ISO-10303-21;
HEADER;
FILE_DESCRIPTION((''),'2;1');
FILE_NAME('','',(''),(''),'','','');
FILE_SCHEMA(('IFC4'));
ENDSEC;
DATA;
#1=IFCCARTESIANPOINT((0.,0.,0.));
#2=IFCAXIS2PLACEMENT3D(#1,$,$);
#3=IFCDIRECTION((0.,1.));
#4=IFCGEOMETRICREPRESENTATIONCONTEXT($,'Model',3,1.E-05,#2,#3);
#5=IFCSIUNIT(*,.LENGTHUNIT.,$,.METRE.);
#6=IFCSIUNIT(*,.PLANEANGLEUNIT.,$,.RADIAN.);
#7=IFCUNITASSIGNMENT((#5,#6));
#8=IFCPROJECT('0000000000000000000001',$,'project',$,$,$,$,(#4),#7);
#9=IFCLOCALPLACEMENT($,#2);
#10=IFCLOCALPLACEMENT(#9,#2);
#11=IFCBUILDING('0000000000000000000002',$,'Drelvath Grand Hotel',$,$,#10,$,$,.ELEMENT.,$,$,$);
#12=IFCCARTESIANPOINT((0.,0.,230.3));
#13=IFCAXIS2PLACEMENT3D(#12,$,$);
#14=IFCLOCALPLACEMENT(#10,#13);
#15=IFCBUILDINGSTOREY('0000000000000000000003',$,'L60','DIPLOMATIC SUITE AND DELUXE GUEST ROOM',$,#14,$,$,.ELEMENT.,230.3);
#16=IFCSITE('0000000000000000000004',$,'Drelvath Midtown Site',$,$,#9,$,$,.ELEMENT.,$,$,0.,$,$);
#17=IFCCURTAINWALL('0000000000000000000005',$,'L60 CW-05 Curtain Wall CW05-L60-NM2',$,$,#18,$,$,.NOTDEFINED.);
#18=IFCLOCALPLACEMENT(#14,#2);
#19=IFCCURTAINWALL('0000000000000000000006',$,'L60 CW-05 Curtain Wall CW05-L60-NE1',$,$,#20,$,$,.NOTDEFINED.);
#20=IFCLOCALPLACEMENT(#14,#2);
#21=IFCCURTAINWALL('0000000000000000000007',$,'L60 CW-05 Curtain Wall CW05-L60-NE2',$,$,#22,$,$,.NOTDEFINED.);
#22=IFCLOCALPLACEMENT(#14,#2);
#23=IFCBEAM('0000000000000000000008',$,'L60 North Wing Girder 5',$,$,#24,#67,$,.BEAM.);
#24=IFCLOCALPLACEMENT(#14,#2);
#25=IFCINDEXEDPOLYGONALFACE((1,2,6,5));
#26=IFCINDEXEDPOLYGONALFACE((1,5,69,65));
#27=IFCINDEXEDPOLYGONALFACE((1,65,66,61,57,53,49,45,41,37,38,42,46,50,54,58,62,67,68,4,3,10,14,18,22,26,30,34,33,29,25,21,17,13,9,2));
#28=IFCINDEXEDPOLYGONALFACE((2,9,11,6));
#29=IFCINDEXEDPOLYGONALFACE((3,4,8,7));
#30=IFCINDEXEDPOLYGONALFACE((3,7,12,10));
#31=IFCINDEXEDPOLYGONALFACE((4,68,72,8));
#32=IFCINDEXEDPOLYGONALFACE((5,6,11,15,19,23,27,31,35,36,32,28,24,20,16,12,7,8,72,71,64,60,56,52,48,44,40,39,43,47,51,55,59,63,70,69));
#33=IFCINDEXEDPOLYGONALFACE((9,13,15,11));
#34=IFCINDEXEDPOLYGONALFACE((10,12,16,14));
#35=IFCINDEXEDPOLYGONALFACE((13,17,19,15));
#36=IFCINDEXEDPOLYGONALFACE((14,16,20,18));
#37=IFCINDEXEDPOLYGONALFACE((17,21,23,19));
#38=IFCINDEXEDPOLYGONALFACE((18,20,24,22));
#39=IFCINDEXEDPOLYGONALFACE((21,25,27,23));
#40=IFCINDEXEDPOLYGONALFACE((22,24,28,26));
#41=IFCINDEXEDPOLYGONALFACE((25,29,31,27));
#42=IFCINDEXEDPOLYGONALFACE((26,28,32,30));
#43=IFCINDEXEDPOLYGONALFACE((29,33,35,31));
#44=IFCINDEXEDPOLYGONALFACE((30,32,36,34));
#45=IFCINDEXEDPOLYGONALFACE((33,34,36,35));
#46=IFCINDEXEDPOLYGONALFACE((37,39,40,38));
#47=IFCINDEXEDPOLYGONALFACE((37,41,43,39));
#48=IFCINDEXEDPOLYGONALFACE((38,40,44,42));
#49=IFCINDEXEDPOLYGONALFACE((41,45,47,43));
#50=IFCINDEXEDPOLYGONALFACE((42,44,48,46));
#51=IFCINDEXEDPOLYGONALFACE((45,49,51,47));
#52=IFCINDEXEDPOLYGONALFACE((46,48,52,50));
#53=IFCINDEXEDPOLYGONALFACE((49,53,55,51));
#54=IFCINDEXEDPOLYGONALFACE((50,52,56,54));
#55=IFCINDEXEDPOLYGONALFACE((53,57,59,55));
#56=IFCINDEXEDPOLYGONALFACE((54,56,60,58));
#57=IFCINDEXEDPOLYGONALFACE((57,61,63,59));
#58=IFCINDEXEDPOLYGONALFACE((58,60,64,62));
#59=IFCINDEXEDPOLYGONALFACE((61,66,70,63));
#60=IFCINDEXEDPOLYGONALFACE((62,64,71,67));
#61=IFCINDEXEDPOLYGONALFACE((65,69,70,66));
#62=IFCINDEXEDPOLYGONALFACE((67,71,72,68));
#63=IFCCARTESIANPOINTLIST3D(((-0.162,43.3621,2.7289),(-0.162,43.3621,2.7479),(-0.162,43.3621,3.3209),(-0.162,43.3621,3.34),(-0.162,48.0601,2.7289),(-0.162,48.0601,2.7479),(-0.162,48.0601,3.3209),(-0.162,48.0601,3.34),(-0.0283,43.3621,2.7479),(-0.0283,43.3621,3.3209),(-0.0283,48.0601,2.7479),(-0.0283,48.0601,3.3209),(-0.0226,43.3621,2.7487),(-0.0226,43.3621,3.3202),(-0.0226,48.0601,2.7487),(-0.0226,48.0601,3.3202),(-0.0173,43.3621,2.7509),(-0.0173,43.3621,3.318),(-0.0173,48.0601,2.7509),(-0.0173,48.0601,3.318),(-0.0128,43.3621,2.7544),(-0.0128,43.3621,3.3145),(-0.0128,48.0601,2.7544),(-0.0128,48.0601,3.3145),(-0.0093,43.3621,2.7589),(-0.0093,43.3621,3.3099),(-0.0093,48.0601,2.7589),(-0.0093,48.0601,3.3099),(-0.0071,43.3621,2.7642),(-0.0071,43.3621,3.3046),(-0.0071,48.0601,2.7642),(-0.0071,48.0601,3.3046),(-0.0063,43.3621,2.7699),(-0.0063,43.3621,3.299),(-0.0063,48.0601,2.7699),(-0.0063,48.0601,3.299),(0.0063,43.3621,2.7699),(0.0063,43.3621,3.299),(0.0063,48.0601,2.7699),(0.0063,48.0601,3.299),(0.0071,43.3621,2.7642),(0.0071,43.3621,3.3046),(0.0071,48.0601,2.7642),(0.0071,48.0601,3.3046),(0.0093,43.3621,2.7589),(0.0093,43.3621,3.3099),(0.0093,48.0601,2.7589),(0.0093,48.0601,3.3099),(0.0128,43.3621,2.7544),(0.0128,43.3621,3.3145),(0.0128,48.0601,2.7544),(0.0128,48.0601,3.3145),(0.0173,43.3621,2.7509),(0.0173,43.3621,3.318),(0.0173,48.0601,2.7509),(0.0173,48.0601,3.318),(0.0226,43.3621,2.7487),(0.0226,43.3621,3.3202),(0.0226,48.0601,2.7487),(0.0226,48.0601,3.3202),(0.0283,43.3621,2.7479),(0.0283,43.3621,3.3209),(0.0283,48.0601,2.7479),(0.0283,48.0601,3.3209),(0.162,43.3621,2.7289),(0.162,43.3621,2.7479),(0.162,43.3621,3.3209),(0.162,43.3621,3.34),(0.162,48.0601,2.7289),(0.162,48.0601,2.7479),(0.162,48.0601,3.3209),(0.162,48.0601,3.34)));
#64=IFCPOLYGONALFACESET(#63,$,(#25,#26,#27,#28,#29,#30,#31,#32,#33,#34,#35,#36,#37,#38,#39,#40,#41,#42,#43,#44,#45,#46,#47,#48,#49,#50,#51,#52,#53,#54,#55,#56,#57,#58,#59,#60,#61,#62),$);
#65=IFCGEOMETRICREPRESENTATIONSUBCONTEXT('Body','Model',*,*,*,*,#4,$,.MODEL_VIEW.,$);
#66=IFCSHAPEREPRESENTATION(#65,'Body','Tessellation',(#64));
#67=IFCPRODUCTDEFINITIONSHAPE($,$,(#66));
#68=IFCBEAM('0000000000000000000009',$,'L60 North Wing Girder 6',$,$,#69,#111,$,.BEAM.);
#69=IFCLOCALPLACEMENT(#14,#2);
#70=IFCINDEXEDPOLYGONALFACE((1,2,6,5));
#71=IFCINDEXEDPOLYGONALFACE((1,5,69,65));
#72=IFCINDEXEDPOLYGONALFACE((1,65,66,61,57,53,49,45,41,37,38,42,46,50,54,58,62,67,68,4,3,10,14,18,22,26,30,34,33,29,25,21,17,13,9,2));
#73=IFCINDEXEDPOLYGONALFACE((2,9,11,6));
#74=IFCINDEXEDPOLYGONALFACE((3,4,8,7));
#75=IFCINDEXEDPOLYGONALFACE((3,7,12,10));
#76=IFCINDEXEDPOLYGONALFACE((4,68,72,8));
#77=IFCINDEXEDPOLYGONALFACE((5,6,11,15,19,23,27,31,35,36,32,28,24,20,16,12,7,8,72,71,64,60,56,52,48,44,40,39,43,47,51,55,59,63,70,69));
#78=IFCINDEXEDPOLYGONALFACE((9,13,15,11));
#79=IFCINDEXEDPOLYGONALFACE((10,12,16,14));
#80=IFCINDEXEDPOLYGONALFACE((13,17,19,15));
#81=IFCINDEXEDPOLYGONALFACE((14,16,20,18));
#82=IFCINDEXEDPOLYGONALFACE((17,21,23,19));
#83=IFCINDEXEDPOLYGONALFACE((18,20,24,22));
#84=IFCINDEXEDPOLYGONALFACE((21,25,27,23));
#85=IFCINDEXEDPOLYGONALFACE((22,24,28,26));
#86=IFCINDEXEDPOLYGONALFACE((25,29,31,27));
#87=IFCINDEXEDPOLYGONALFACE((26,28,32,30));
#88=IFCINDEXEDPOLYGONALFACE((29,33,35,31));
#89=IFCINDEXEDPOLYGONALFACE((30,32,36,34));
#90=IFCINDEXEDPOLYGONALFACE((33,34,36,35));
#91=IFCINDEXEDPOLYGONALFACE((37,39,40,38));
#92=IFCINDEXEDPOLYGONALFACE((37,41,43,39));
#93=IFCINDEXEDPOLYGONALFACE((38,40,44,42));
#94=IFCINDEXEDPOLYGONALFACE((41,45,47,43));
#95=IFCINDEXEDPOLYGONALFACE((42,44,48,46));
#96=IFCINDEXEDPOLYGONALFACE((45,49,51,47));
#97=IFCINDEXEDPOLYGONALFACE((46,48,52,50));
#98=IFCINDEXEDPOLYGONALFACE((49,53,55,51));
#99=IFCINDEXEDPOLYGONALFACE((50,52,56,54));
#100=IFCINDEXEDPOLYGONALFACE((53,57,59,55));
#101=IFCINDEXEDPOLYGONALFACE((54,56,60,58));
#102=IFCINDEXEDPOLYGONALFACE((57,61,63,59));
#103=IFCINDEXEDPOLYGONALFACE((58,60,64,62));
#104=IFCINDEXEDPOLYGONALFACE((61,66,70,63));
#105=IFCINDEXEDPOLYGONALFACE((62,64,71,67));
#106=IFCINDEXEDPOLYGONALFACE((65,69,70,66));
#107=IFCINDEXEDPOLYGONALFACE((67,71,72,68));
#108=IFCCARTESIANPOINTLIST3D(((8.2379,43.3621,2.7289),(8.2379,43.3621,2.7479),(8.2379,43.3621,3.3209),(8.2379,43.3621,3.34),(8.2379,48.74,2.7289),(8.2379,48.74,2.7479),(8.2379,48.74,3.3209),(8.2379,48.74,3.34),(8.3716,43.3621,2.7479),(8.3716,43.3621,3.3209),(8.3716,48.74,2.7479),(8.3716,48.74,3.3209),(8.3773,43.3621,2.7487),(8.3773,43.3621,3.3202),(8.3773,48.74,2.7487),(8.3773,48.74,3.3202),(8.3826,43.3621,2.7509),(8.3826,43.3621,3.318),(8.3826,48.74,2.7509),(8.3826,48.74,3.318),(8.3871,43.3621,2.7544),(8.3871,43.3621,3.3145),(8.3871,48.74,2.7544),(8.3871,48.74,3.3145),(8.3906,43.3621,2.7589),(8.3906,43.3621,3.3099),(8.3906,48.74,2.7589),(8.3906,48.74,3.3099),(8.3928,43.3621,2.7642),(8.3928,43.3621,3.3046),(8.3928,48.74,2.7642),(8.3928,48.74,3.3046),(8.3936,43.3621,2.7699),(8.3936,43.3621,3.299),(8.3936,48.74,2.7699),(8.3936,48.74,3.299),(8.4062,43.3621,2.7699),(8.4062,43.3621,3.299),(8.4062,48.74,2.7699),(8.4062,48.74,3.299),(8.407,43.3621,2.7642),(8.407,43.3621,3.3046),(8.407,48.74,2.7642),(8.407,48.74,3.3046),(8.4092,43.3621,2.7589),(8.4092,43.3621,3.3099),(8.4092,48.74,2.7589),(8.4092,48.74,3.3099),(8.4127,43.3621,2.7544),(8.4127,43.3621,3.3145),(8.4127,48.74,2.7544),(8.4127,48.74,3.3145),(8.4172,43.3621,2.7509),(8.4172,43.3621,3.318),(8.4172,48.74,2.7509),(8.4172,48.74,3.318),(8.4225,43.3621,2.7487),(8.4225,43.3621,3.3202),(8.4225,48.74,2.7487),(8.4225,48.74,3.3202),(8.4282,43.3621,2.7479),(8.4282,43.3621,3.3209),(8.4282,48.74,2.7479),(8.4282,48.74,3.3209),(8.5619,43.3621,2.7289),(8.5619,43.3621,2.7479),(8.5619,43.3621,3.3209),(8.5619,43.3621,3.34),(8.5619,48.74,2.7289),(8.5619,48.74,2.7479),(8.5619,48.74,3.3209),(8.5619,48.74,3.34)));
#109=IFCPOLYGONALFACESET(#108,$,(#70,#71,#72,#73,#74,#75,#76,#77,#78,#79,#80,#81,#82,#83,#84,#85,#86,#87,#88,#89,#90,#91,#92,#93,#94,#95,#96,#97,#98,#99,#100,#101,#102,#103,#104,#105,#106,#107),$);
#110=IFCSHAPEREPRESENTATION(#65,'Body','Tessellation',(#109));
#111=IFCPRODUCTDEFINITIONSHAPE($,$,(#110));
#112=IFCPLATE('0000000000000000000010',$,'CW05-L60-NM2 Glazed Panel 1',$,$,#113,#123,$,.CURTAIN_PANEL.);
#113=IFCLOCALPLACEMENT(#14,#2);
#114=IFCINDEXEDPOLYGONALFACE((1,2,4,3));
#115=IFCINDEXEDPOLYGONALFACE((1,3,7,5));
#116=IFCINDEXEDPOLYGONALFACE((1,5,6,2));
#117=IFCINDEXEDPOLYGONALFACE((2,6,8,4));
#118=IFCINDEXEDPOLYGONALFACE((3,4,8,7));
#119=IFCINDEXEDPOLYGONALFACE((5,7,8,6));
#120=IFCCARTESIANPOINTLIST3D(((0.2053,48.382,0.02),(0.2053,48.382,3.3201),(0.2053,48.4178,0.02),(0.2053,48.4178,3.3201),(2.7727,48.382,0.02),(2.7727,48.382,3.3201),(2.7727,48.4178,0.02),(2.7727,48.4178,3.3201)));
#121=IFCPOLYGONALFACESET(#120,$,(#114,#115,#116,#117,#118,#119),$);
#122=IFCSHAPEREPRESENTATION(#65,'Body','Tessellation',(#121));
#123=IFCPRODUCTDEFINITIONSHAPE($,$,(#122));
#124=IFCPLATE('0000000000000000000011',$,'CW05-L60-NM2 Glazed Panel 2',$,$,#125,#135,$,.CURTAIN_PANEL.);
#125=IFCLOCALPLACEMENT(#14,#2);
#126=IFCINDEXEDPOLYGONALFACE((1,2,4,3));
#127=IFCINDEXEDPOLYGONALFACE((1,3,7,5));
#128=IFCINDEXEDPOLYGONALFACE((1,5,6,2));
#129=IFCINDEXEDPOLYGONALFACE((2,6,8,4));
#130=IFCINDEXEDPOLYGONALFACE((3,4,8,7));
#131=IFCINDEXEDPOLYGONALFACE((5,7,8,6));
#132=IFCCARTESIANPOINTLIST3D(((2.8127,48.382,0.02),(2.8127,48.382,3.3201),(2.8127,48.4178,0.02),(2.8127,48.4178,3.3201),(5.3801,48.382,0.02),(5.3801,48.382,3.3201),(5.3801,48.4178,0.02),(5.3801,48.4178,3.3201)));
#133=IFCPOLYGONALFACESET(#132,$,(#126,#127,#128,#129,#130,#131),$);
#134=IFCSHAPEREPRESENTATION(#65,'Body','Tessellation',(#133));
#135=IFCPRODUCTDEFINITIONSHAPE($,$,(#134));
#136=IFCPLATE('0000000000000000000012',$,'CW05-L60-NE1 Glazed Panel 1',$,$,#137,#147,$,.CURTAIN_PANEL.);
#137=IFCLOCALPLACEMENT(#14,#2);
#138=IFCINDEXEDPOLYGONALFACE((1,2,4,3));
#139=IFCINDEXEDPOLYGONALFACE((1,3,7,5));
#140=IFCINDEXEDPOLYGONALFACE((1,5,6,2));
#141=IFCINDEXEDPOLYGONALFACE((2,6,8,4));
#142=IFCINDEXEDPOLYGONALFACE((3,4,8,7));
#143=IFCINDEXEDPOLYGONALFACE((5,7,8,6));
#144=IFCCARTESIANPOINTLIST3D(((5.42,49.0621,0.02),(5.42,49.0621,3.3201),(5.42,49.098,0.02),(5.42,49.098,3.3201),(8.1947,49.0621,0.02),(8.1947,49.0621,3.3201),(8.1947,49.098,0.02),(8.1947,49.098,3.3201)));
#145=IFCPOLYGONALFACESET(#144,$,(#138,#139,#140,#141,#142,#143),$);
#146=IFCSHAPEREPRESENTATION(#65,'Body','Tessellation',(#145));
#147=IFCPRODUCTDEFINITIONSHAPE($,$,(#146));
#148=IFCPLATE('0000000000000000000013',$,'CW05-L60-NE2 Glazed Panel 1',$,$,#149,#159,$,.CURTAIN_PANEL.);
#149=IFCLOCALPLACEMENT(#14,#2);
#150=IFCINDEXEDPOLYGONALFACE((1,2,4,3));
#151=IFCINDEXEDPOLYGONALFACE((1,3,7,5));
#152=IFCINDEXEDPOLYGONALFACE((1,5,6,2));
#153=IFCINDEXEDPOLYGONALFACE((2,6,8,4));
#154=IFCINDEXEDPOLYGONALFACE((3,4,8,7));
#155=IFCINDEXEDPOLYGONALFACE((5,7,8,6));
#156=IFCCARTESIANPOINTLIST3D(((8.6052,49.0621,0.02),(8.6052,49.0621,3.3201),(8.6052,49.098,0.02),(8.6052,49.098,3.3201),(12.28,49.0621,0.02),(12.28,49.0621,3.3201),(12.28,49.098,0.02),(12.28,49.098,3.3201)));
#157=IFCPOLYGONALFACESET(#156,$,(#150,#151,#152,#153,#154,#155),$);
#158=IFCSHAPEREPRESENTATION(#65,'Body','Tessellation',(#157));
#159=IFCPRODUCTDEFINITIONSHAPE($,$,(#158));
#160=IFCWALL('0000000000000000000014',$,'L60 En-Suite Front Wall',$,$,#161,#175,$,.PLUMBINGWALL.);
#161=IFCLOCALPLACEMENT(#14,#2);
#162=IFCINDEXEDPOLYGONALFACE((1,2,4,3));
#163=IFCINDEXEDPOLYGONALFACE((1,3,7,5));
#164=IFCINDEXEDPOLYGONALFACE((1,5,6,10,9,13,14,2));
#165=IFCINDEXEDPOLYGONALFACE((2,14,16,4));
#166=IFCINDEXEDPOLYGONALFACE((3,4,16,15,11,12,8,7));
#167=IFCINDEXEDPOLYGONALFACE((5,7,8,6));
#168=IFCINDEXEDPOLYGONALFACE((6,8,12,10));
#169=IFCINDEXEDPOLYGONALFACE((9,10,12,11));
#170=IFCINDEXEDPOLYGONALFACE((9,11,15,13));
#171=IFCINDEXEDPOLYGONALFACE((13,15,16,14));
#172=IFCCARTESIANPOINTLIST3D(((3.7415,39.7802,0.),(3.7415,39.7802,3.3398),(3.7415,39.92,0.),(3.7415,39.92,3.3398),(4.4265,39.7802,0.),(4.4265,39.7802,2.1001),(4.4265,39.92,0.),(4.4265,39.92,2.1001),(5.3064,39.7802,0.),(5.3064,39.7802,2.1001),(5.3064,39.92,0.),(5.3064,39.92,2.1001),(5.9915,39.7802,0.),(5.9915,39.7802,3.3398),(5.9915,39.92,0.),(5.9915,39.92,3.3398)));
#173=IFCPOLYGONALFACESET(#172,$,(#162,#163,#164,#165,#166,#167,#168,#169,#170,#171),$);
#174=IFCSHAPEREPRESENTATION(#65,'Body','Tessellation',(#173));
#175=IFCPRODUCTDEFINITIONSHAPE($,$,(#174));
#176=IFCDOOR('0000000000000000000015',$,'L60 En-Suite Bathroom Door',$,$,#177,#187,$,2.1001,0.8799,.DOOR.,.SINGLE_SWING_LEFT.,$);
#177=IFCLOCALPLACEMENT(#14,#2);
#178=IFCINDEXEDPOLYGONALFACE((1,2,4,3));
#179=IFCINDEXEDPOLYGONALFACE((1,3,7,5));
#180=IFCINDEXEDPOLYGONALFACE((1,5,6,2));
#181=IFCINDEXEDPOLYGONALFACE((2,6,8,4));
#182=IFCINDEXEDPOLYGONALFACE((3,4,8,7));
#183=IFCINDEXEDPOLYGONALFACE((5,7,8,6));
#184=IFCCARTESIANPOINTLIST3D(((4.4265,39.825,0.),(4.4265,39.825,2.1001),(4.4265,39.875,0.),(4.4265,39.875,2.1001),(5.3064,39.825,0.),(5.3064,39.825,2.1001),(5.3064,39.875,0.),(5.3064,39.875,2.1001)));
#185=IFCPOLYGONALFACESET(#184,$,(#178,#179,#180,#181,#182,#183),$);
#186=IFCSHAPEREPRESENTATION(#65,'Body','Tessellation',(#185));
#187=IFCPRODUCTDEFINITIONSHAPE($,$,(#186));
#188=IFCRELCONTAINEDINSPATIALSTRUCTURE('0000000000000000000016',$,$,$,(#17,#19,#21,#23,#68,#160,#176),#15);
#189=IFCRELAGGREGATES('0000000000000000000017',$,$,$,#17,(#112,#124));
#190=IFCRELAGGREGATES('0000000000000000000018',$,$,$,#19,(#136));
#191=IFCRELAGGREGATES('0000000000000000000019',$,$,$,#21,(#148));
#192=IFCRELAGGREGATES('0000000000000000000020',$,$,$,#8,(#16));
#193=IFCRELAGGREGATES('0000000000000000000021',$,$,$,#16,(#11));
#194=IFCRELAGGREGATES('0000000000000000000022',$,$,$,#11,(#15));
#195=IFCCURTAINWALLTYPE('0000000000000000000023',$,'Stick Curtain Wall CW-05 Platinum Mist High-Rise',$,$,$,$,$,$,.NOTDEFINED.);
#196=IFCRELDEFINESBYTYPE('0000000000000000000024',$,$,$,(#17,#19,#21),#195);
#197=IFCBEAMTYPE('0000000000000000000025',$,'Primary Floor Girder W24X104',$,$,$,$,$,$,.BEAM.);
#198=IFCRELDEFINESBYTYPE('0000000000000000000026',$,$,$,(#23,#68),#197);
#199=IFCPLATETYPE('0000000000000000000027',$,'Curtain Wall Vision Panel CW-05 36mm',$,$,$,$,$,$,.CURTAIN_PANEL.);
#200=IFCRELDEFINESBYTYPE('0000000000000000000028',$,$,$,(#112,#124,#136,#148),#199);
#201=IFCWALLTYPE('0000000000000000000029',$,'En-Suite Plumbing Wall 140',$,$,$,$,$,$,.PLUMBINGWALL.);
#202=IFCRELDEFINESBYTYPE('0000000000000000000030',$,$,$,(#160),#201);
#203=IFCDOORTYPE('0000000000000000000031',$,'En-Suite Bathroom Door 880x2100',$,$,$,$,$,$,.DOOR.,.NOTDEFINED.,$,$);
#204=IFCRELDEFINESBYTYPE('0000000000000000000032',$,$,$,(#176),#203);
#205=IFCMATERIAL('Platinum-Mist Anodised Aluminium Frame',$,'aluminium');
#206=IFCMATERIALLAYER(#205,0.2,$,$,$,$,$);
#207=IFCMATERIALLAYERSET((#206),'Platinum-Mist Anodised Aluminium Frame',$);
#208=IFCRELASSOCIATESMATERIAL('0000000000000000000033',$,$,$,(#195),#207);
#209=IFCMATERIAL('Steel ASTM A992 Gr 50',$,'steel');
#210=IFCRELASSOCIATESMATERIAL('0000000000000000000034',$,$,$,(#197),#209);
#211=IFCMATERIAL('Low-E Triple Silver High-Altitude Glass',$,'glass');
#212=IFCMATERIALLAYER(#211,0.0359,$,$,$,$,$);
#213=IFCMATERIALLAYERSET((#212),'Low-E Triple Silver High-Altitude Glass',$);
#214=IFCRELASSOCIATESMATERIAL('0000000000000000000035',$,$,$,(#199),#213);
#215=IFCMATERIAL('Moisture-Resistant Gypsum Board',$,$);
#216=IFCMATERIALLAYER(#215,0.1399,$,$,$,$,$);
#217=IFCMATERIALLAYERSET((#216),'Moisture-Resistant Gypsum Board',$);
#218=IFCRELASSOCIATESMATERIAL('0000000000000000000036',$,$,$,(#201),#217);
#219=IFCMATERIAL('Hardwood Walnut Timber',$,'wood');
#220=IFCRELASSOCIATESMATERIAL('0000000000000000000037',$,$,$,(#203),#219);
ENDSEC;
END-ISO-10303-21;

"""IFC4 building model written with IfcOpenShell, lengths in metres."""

from ifc_helpers import new_model, si_unit, direction, frame, frame_2d, origin, origin_2d, place, context, subcontext, project, spatial, rectangle, i_section, extrude, material, layer, layer_set, material_profile, profile_set, type_object, element, fill, aggregate, save


model = new_model("IFC4")

# Units and contexts
model_context = context("Model", 3, precision=1e-05, world=origin(), true_north=direction((0.0, 1.0)))
body_context = subcontext(model_context, "Body", "Model", "MODEL_VIEW")
ifc_project = project(units=[si_unit("LENGTHUNIT", "METRE"), si_unit("PLANEANGLEUNIT", "RADIAN")], contexts=[model_context])

# Site, building, storey
site_placement = place(None, origin())
site = spatial("IfcSite", under=ifc_project, at=site_placement, Name="Drelvath Midtown Site", CompositionType="ELEMENT", RefElevation=0.0)
building_placement = place(site_placement, origin())
building = spatial("IfcBuilding", under=site, at=building_placement, Name="Drelvath Grand Hotel", CompositionType="ELEMENT")
storey_placement = place(building_placement, frame((0.0, 0.0, 230.3)))
storey = spatial("IfcBuildingStorey", under=building, at=storey_placement, Name="L60", Description="DIPLOMATIC SUITE AND DELUXE GUEST ROOM", CompositionType="ELEMENT", Elevation=230.3)

# Curtain walls
ifc_material_1 = material(Name="Platinum-Mist Anodised Aluminium Frame", Category="aluminium")
ifc_layer_1 = layer(ifc_material_1, 0.2)
ifc_layer_set_1 = layer_set([ifc_layer_1], Name="Platinum-Mist Anodised Aluminium Frame")
curtain_wall_type = type_object("IfcCurtainWallType", Name="Stick Curtain Wall CW-05 Platinum Mist High-Rise", PredefinedType="NOTDEFINED", material=ifc_layer_set_1)
curtain_wall_1_placement = place(storey_placement, origin())
curtain_wall_1 = element("IfcCurtainWall", 1, at=curtain_wall_1_placement, inside=storey, type_object=curtain_wall_type, Name="L60 CW-05 Curtain Wall CW05-L60-NM2", PredefinedType="NOTDEFINED")
curtain_wall_2_placement = place(storey_placement, origin())
curtain_wall_2 = element("IfcCurtainWall", 2, at=curtain_wall_2_placement, inside=storey, type_object=curtain_wall_type, Name="L60 CW-05 Curtain Wall CW05-L60-NE1", PredefinedType="NOTDEFINED")
curtain_wall_3_placement = place(storey_placement, origin())
curtain_wall_3 = element("IfcCurtainWall", 3, at=curtain_wall_3_placement, inside=storey, type_object=curtain_wall_type, Name="L60 CW-05 Curtain Wall CW05-L60-NE2", PredefinedType="NOTDEFINED")

# Beams
ifc_material_2 = material(Name="Steel ASTM A992 Gr 50", Category="steel")
ifc_material_profile_1 = material_profile(ifc_material_2, i_section(OverallWidth=0.324, OverallDepth=0.6111, WebThickness=0.0127, FlangeThickness=0.019, FilletRadius=0.022, at=origin_2d()), Name="W24X104")
ifc_profile_set_1 = profile_set([ifc_material_profile_1], Name="Steel ASTM A992 Gr 50")
beam_type_1 = type_object("IfcBeamType", Name="Primary Floor Girder W24X104", PredefinedType="BEAM", material=ifc_profile_set_1)
beam_1_placement = place(storey_placement, frame((0.0, 43.3621, 3.0344), z_axis=(0.0, 1.0, 0.0), x_axis=(-1.0, 0.0, 0.0)))
element("IfcBeam", 4, at=beam_1_placement, inside=storey, type_object=beam_type_1, Name="L60 North Wing Girder 5", PredefinedType="BEAM", context=body_context, shape_type="SweptSolid", body=[
    extrude(i_section(OverallWidth=0.324, OverallDepth=0.6111, WebThickness=0.0127, FlangeThickness=0.019, FilletRadius=0.022, at=origin_2d()), origin(), (0.0, 0.0, 1.0), 4.698),
])
beam_2_placement = place(storey_placement, frame((8.3999, 43.3621, 3.0344), z_axis=(0.0, 1.0, 0.0), x_axis=(-1.0, 0.0, 0.0)))
element("IfcBeam", 5, at=beam_2_placement, inside=storey, type_object=beam_type_1, Name="L60 North Wing Girder 6", PredefinedType="BEAM", context=body_context, shape_type="SweptSolid", body=[
    extrude(i_section(OverallWidth=0.324, OverallDepth=0.6111, WebThickness=0.0127, FlangeThickness=0.019, FilletRadius=0.022, at=origin_2d()), origin(), (0.0, 0.0, 1.0), 5.3779),
])

# Plates
ifc_material_3 = material(Name="Low-E Triple Silver High-Altitude Glass", Category="glass")
ifc_layer_2 = layer(ifc_material_3, 0.0359)
ifc_layer_set_2 = layer_set([ifc_layer_2], Name="Low-E Triple Silver High-Altitude Glass")
plate_type = type_object("IfcPlateType", Name="Curtain Wall Vision Panel CW-05 36mm", PredefinedType="CURTAIN_PANEL", material=ifc_layer_set_2)
plate_1_placement = place(storey_placement, frame((1.489, 48.3999, 0.02), z_axis=(0.0, 0.0, 1.0), x_axis=(1.0, 0.0, 0.0)))
plate_1 = element("IfcPlate", 6, at=plate_1_placement, type_object=plate_type, Name="CW05-L60-NM2 Glazed Panel 1", PredefinedType="CURTAIN_PANEL", context=body_context, shape_type="SweptSolid", body=[
    extrude(rectangle(XDim=2.5674, YDim=0.0359, at=origin_2d()), origin(), (0.0, 0.0, 1.0), 3.3),
])
plate_2_placement = place(storey_placement, frame((4.0964, 48.3999, 0.02), z_axis=(0.0, 0.0, 1.0), x_axis=(1.0, 0.0, 0.0)))
plate_2 = element("IfcPlate", 7, at=plate_2_placement, type_object=plate_type, Name="CW05-L60-NM2 Glazed Panel 2", PredefinedType="CURTAIN_PANEL", context=body_context, shape_type="SweptSolid", body=[
    extrude(rectangle(XDim=2.5674, YDim=0.0359, at=origin_2d()), origin(), (0.0, 0.0, 1.0), 3.3),
])
aggregate(curtain_wall_1, [plate_1, plate_2])
plate_3_placement = place(storey_placement, frame((6.8074, 49.0801, 0.02), z_axis=(0.0, 0.0, 1.0), x_axis=(1.0, 0.0, 0.0)))
plate_3 = element("IfcPlate", 8, at=plate_3_placement, type_object=plate_type, Name="CW05-L60-NE1 Glazed Panel 1", PredefinedType="CURTAIN_PANEL", context=body_context, shape_type="SweptSolid", body=[
    extrude(rectangle(XDim=2.7747, YDim=0.0359, at=origin_2d()), origin(), (0.0, 0.0, 1.0), 3.3),
])
aggregate(curtain_wall_2, [plate_3])
plate_4_placement = place(storey_placement, frame((10.4426, 49.0801, 0.02), z_axis=(0.0, 0.0, 1.0), x_axis=(1.0, 0.0, 0.0)))
plate_4 = element("IfcPlate", 9, at=plate_4_placement, type_object=plate_type, Name="CW05-L60-NE2 Glazed Panel 1", PredefinedType="CURTAIN_PANEL", context=body_context, shape_type="SweptSolid", body=[
    extrude(rectangle(XDim=3.6748, YDim=0.0359, at=origin_2d()), origin(), (0.0, 0.0, 1.0), 3.3),
])
aggregate(curtain_wall_3, [plate_4])

# Wall, opening, door
ifc_material_4 = material(Name="Moisture-Resistant Gypsum Board")
ifc_layer_3 = layer(ifc_material_4, 0.1399)
ifc_layer_set_3 = layer_set([ifc_layer_3], Name="Moisture-Resistant Gypsum Board")
wall_type_1 = type_object("IfcWallType", Name="En-Suite Plumbing Wall 140", PredefinedType="PLUMBINGWALL", material=ifc_layer_set_3)
wall_1_placement = place(storey_placement, frame((3.7415, 39.8501, 0.0), z_axis=(0.0, 0.0, 1.0), x_axis=(1.0, 0.0, 0.0)))
wall_1 = element("IfcWall", 10, at=wall_1_placement, inside=storey, type_object=wall_type_1, Name="L60 En-Suite Front Wall", PredefinedType="PLUMBINGWALL", context=body_context, shape_type="SweptSolid", body=[
    extrude(rectangle(XDim=2.25, YDim=0.1399, at=frame_2d((1.125, 0.0))), origin(), (0.0, 0.0, 1.0), 3.3398),
])
opening_placement = place(wall_1_placement, frame((0.6851, 0.0, 0.0)))
opening = element("IfcOpeningElement", 11, at=opening_placement, cuts=wall_1, PredefinedType="OPENING", context=body_context, shape_type="SweptSolid", body=[
    extrude(rectangle(XDim=0.8799, YDim=2.1001, at=frame_2d((0.4399, 1.05))), frame((0.0, 0.0798, 0.0), z_axis=(0.0, -1.0, 0.0), x_axis=(1.0, 0.0, 0.0)), (0.0, 0.0, 1.0), 0.1599),
])
ifc_material_5 = material(Name="Hardwood Walnut Timber", Category="wood")
door_type = type_object("IfcDoorType", Name="En-Suite Bathroom Door 880x2100", OperationType="NOTDEFINED", PredefinedType="DOOR", material=ifc_material_5)
door_placement = place(opening_placement, origin())
door = element("IfcDoor", 12, at=door_placement, inside=storey, type_object=door_type, Name="L60 En-Suite Bathroom Door", OperationType="SINGLE_SWING_LEFT", OverallHeight=2.1001, OverallWidth=0.8799, PredefinedType="DOOR", context=body_context, shape_type="SweptSolid", body=[
    extrude(rectangle(XDim=0.8799, YDim=2.1001, at=frame_2d((0.4399, 1.05))), frame((0.0, 0.0249, 0.0), z_axis=(0.0, -1.0, 0.0), x_axis=(1.0, 0.0, 0.0)), (0.0, 0.0, 1.0), 0.05),
])
fill(opening, door)

save(model, "model.ifc")
